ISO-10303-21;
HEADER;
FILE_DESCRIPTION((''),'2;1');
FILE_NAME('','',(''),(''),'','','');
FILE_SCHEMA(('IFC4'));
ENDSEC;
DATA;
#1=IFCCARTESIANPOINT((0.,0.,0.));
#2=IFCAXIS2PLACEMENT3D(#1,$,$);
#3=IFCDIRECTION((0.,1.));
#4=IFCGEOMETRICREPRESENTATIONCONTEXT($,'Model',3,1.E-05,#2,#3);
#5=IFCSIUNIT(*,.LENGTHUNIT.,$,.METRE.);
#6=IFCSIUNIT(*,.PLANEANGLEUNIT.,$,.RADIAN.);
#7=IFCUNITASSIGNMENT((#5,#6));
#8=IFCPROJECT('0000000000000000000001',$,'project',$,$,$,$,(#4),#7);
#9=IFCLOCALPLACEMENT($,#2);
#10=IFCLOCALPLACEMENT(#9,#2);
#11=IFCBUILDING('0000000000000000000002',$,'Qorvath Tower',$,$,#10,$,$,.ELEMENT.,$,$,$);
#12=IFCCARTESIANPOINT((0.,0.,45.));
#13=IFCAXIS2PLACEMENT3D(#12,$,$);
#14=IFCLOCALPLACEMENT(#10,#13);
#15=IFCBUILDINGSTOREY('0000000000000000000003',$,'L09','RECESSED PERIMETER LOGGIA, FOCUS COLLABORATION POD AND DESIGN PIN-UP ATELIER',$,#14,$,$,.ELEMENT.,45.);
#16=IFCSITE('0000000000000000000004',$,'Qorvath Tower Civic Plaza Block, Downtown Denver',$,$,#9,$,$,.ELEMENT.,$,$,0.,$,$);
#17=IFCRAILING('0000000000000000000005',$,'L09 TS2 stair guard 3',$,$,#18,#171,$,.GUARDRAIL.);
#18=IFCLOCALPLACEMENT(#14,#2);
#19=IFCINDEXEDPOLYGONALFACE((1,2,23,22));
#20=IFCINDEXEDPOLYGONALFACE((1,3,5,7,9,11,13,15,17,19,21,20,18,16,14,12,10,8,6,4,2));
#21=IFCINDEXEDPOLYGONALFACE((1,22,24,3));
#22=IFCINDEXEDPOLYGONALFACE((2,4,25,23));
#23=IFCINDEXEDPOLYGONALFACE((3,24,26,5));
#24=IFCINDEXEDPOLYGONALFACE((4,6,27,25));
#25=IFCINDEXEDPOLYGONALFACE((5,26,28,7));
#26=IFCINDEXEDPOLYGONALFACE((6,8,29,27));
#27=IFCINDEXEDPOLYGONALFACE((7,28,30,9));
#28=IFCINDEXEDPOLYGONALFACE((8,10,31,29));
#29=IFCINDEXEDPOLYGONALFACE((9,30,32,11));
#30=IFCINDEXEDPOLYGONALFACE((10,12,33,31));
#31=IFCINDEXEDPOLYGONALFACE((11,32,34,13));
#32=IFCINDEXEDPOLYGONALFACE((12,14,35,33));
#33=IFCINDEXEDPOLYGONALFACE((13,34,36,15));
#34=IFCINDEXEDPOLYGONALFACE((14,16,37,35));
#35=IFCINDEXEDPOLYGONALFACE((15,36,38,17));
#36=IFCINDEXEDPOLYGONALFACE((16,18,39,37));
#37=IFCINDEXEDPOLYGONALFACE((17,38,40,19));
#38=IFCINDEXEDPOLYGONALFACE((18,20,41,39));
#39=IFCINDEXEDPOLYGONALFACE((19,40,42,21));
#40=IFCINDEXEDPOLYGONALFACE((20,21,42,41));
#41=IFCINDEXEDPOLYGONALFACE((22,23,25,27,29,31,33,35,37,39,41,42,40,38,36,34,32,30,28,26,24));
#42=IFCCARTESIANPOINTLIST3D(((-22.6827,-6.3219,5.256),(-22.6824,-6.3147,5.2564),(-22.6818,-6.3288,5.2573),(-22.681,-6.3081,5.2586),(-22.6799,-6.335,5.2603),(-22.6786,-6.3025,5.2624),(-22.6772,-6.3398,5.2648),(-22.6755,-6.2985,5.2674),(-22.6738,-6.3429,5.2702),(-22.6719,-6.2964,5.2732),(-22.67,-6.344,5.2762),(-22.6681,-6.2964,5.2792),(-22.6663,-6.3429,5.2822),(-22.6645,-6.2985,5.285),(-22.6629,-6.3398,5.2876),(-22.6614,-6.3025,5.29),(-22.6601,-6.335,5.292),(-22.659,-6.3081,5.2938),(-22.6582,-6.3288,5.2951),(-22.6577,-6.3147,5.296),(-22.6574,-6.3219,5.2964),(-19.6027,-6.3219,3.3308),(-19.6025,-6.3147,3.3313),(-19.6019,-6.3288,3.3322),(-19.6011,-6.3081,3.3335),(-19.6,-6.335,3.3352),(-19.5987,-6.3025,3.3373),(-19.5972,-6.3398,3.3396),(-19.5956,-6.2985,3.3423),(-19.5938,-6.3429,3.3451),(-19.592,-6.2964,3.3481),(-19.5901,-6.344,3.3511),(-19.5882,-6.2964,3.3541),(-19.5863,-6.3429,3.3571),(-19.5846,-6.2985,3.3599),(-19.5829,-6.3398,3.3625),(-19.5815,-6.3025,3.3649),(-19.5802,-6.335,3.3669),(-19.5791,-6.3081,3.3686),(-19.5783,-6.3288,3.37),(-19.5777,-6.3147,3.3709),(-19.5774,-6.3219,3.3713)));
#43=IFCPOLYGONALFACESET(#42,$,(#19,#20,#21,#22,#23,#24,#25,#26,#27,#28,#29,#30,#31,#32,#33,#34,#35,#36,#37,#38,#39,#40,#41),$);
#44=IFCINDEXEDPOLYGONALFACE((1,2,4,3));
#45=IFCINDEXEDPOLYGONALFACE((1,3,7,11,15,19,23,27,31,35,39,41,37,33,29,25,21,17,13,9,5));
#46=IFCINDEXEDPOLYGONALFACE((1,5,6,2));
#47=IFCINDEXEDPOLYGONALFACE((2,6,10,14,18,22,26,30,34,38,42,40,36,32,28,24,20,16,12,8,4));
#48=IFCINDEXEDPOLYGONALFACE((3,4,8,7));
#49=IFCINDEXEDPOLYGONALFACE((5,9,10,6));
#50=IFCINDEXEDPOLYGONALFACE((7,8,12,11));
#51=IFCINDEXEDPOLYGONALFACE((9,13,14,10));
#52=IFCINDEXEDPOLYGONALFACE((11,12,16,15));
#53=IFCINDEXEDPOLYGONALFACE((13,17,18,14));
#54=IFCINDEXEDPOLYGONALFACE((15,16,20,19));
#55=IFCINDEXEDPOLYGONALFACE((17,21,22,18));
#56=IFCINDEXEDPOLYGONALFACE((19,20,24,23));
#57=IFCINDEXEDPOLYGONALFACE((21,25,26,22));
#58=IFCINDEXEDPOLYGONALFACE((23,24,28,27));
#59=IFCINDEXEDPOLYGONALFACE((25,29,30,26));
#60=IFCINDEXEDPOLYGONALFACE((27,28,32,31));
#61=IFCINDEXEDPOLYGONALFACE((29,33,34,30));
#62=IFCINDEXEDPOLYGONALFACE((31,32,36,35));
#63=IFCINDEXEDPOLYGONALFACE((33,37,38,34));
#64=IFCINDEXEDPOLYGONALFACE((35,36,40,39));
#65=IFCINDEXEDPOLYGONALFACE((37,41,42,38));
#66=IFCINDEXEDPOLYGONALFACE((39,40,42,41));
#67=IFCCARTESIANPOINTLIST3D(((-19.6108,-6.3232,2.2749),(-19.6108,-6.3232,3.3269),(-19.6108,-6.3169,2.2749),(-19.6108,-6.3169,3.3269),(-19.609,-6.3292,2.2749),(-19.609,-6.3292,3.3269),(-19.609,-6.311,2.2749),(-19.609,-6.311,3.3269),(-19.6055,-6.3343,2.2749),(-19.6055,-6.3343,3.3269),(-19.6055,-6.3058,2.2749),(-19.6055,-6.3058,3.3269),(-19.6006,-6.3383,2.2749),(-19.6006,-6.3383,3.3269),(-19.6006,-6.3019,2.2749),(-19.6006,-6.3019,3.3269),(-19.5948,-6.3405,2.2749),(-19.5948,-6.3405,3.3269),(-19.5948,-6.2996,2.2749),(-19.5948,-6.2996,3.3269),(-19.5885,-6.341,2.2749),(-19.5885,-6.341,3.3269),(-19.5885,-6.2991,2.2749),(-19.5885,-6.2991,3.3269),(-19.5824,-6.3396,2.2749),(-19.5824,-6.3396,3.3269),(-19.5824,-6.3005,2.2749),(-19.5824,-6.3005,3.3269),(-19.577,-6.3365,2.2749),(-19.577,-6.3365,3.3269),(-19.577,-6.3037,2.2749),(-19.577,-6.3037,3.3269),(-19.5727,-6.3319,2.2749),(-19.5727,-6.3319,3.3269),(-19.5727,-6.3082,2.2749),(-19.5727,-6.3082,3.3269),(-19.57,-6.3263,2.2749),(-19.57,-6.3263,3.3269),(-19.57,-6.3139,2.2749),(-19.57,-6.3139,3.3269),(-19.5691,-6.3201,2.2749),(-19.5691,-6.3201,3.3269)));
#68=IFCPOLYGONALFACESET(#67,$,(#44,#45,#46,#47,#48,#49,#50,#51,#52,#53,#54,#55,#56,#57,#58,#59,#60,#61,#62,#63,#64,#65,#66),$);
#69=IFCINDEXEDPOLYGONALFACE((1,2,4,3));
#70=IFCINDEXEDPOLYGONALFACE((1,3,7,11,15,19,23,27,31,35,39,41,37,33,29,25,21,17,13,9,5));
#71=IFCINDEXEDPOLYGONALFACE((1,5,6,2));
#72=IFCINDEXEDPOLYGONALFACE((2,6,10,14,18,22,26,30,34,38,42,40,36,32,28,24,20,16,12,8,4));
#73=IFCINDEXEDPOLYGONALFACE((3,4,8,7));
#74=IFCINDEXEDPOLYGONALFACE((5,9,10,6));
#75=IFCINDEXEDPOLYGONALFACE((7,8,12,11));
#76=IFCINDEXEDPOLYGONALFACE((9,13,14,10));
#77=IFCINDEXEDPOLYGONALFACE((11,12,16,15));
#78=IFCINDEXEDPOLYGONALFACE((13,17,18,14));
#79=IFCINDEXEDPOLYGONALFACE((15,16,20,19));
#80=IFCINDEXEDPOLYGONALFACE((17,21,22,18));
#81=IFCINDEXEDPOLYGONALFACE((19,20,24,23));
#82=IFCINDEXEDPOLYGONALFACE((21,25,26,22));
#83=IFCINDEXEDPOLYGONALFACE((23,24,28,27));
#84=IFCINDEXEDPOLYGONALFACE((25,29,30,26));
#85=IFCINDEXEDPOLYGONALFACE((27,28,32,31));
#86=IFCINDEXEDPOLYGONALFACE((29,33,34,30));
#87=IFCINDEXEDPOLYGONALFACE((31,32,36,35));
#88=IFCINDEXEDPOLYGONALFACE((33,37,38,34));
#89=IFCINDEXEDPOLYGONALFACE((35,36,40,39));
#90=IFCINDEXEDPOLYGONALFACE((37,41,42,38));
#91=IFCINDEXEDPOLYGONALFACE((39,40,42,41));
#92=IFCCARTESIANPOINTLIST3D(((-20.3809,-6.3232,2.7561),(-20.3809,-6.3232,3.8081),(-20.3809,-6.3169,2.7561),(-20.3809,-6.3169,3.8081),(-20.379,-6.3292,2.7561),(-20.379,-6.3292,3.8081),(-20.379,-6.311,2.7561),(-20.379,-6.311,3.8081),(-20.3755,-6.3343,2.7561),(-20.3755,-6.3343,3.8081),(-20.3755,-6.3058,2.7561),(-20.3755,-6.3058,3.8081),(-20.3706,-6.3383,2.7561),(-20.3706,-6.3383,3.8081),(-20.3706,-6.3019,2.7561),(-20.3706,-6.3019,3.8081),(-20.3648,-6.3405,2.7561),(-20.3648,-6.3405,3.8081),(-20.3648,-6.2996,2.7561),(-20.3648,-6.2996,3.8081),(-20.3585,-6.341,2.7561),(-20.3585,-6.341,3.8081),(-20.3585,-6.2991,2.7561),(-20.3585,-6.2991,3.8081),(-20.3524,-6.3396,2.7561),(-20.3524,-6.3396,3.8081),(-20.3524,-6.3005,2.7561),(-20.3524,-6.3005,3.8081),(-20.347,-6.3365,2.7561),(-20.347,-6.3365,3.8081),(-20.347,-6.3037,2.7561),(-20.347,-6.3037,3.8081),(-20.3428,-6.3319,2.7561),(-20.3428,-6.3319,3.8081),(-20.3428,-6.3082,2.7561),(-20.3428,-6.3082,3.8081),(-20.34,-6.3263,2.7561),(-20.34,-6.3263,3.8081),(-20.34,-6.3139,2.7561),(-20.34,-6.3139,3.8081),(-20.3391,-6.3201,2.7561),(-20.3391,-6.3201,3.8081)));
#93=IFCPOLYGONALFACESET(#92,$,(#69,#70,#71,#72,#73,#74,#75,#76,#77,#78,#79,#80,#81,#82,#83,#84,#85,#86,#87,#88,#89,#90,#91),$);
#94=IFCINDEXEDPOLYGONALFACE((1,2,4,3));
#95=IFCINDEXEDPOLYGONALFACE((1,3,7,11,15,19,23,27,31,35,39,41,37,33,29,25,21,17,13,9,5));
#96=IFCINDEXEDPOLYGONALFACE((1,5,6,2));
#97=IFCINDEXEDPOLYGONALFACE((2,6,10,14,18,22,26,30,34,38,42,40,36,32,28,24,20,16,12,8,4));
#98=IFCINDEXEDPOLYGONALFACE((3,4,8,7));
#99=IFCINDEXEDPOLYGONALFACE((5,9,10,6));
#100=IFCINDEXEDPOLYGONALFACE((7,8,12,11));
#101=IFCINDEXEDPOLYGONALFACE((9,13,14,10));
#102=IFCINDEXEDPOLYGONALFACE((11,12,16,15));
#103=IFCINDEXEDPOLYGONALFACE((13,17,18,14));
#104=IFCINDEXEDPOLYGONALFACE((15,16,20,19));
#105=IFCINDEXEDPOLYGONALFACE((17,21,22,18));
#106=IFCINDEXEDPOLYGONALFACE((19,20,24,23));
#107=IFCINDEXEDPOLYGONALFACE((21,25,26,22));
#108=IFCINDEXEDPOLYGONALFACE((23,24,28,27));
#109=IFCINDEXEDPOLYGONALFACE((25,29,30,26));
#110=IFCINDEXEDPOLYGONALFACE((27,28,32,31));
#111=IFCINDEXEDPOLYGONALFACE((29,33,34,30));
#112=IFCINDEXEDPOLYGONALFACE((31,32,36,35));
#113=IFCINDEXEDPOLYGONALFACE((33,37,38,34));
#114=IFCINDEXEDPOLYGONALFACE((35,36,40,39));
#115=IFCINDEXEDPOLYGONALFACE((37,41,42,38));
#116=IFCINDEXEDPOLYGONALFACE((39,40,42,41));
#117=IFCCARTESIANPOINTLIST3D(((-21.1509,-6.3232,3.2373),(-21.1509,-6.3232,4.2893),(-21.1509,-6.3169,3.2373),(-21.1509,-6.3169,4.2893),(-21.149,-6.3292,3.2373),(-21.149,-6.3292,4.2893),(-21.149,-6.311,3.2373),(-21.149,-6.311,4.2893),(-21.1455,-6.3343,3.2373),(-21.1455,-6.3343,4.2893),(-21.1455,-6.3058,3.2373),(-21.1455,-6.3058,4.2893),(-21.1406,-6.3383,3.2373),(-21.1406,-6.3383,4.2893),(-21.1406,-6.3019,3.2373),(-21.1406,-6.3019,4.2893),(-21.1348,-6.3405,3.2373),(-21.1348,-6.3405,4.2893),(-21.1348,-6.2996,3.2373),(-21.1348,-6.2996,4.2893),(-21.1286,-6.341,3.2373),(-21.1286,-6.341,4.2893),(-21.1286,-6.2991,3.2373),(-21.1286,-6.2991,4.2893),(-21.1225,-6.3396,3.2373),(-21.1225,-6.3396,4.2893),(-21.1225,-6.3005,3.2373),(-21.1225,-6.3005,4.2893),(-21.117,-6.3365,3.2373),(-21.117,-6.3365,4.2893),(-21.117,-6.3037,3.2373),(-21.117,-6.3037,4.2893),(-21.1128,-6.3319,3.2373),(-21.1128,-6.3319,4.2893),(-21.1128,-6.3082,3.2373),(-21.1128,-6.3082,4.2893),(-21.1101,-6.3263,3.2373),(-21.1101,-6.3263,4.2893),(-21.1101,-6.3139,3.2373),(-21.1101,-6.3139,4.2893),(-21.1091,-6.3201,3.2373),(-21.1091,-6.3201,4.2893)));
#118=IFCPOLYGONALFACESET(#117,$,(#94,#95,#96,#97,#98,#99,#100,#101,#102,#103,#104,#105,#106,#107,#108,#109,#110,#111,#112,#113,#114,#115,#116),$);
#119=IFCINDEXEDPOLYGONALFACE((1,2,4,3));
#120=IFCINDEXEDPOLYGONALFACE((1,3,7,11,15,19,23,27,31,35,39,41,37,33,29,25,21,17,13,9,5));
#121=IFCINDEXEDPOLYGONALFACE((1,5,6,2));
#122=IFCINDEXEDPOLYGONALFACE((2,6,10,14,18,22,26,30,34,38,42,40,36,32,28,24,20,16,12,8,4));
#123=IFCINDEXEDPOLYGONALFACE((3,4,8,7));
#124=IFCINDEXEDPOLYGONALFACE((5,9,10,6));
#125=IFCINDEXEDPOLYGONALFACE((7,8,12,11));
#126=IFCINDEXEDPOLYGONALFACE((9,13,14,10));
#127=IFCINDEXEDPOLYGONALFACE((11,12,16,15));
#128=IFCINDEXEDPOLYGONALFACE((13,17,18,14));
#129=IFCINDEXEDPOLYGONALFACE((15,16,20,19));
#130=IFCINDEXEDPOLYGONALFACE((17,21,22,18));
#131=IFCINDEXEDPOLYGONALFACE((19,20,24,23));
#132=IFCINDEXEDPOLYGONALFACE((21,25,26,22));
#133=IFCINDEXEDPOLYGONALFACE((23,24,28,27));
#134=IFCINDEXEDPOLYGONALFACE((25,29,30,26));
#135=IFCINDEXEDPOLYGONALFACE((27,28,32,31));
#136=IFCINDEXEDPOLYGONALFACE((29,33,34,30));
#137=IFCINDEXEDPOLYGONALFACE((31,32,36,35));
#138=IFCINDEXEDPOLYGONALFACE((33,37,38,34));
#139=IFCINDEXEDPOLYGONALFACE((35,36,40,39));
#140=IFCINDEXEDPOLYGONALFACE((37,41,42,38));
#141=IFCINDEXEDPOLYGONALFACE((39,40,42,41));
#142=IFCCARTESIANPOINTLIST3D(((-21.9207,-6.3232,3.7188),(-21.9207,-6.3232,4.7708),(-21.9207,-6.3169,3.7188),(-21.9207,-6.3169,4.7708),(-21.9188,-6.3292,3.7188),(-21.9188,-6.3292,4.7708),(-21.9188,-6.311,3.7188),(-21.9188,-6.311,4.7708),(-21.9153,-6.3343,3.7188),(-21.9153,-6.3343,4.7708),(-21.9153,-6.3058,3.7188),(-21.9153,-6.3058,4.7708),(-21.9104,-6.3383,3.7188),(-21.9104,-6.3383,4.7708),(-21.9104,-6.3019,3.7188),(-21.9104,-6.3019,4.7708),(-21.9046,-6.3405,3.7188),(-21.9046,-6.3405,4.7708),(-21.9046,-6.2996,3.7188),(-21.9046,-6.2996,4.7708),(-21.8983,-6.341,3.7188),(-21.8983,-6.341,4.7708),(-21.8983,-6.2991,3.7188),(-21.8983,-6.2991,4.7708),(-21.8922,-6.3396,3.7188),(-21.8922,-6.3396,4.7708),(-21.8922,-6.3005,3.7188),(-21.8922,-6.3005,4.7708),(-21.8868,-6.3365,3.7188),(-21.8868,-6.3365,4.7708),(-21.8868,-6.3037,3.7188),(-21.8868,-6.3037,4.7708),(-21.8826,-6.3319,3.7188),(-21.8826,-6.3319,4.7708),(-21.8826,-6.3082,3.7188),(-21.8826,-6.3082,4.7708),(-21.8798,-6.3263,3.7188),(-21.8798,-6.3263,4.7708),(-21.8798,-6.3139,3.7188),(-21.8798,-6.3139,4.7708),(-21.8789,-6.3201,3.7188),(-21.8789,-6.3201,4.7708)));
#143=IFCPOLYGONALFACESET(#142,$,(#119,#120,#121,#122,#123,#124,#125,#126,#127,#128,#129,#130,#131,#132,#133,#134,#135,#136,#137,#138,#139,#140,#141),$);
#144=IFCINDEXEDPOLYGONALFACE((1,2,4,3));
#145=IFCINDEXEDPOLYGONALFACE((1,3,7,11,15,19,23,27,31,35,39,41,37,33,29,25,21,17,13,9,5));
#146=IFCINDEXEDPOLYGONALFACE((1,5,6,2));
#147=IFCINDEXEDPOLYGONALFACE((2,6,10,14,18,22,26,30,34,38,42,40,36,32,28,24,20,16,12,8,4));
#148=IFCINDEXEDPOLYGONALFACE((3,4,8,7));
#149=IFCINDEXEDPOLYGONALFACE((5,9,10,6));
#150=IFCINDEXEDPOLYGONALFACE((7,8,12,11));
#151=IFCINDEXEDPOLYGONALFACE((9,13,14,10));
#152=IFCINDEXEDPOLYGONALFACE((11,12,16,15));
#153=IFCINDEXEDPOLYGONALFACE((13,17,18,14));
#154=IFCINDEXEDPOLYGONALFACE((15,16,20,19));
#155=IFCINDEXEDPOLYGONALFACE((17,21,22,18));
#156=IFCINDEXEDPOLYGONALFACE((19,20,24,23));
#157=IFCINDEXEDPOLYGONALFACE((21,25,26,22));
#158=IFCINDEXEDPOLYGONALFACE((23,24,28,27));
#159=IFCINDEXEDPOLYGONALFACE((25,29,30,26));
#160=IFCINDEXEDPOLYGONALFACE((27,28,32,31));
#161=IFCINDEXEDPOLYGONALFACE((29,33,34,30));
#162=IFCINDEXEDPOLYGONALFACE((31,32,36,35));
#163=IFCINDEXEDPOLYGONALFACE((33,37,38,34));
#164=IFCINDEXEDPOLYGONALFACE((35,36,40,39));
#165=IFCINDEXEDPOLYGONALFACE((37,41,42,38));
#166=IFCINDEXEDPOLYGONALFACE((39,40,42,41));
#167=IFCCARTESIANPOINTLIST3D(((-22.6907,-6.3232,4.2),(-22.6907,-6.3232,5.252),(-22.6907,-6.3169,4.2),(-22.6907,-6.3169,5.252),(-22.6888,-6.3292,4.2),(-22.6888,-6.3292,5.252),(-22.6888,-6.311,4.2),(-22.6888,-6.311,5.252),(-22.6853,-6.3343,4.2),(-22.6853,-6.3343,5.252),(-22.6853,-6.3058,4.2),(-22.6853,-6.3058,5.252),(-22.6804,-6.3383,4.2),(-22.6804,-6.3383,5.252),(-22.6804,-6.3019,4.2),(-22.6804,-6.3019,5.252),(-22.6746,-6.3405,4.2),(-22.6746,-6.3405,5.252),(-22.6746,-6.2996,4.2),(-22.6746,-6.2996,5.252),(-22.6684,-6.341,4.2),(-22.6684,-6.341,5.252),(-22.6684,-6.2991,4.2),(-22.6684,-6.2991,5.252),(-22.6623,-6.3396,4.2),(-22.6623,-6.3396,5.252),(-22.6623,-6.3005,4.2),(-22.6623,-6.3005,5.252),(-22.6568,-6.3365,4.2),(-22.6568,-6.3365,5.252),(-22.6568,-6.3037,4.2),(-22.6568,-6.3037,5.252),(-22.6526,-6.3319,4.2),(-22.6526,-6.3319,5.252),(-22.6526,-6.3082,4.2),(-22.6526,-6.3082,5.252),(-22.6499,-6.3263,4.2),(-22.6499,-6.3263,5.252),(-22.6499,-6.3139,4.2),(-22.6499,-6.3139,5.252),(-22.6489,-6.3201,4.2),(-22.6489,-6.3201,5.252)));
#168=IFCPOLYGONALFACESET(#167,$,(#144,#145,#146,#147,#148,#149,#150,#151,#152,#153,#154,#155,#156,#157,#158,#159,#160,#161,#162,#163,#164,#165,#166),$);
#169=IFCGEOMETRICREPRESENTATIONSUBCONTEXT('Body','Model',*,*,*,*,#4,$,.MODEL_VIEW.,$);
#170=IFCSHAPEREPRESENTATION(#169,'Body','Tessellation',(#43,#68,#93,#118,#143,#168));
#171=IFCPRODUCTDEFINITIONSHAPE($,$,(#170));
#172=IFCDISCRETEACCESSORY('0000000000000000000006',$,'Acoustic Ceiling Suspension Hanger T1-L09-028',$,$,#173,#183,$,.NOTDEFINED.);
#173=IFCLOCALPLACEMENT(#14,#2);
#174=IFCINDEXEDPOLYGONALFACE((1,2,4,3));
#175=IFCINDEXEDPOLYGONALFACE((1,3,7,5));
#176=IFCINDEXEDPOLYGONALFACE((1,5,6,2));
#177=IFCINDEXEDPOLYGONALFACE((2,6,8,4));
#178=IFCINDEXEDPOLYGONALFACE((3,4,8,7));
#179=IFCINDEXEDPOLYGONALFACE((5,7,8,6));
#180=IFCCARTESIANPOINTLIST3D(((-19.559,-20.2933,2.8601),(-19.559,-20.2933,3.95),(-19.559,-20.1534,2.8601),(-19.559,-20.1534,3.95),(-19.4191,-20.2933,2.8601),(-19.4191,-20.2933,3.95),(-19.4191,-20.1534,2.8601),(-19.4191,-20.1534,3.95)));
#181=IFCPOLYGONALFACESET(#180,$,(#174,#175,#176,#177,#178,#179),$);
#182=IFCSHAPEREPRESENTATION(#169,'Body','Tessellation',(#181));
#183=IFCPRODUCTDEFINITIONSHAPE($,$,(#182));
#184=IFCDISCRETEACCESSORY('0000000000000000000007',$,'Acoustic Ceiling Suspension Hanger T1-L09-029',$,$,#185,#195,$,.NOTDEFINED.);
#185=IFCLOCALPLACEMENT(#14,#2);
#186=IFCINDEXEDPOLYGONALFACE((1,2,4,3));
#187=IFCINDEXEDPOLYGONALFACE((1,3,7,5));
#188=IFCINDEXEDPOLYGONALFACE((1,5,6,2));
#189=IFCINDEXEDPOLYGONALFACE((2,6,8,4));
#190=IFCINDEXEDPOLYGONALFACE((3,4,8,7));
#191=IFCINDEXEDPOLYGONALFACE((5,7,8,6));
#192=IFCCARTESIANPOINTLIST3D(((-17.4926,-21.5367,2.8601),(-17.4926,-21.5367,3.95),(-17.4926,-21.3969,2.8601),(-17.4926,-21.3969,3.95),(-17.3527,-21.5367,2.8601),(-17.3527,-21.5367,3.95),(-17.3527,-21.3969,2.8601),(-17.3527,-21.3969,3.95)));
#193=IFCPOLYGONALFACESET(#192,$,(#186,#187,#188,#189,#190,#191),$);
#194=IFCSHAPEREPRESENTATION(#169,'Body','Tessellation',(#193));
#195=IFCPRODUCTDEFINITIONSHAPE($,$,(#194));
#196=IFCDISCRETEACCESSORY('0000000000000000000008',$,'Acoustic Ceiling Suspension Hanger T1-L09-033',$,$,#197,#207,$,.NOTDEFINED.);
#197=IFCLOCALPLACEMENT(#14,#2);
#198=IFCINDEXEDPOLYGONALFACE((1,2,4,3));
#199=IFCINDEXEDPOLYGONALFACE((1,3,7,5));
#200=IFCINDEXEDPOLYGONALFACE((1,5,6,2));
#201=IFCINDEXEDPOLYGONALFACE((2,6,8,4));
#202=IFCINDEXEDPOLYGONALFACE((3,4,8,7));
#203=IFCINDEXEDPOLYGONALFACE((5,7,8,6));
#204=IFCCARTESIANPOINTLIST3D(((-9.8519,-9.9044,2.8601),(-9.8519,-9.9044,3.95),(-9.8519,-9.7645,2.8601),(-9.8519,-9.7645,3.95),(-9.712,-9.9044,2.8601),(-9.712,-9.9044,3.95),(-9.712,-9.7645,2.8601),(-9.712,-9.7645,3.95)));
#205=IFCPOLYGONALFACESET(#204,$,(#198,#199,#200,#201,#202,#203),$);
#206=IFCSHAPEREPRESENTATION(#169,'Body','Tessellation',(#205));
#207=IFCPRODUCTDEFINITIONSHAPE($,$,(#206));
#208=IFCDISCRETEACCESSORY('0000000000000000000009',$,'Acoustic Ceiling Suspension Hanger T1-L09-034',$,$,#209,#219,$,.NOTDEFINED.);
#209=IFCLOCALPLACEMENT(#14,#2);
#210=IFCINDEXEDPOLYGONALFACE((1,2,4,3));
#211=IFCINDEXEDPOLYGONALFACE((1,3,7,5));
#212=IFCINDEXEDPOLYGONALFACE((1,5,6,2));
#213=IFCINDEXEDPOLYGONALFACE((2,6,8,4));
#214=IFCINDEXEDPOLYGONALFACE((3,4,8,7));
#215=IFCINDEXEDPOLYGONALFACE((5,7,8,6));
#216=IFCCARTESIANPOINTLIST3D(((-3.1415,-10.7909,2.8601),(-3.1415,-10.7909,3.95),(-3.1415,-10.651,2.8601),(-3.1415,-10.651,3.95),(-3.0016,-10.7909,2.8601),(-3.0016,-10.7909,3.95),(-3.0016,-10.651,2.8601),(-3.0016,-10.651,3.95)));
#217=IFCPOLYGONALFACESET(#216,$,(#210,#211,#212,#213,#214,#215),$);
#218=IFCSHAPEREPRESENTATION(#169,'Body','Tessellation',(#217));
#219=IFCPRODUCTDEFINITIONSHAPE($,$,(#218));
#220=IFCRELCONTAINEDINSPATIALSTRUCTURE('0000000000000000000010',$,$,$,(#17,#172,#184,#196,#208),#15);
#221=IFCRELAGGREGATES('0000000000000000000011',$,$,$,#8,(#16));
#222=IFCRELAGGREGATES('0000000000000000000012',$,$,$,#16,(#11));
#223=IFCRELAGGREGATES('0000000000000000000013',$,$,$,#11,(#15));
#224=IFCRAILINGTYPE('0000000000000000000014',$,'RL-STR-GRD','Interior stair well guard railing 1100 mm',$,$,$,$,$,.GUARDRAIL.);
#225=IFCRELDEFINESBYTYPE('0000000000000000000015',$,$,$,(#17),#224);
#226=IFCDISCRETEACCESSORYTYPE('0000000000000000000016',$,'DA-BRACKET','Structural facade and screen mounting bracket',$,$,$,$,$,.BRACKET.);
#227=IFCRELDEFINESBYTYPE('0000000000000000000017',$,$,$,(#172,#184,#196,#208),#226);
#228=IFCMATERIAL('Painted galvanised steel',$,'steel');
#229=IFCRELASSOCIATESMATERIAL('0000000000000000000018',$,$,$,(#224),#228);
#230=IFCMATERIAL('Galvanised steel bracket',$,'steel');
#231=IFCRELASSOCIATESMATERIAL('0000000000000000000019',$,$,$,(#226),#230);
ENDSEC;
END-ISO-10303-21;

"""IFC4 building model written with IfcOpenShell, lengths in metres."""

from ifc_helpers import new_model, si_unit, direction, frame, origin, origin_2d, place, context, subcontext, project, spatial, rectangle, circle, extrude, material, type_object, element, save


model = new_model("IFC4")

# Units and contexts
model_context = context("Model", 3, precision=1e-05, world=origin(), true_north=direction((0.0, 1.0)))
body_context = subcontext(model_context, "Body", "Model", "MODEL_VIEW")
ifc_project = project(units=[si_unit("LENGTHUNIT", "METRE"), si_unit("PLANEANGLEUNIT", "RADIAN")], contexts=[model_context])

# Site, building, storey
site_placement = place(None, origin())
site = spatial("IfcSite", under=ifc_project, at=site_placement, Name="Qorvath Tower Civic Plaza Block, Downtown Denver", CompositionType="ELEMENT", RefElevation=0.0)
building_placement = place(site_placement, origin())
building = spatial("IfcBuilding", under=site, at=building_placement, Name="Qorvath Tower", CompositionType="ELEMENT")
storey_placement = place(building_placement, frame((0.0, 0.0, 45.0)))
storey = spatial("IfcBuildingStorey", under=building, at=storey_placement, Name="L09", Description="RECESSED PERIMETER LOGGIA, FOCUS COLLABORATION POD AND DESIGN PIN-UP ATELIER", CompositionType="ELEMENT", Elevation=45.0)

# Railing
ifc_material_1 = material(Name="Painted galvanised steel", Category="steel")
railing_type = type_object("IfcRailingType", Name="RL-STR-GRD", Description="Interior stair well guard railing 1100 mm", PredefinedType="GUARDRAIL", material=ifc_material_1)
railing_1_placement = place(storey_placement, frame((-19.5901, -6.3201, 2.2749)))
element("IfcRailing", 1, at=railing_1_placement, inside=storey, type_object=railing_type, Name="L09 TS2 stair guard 3", PredefinedType="GUARDRAIL", context=body_context, shape_type="SweptSolid", body=[
    extrude(circle(Radius=0.0239, at=origin_2d()), frame((0.0, 0.0, 1.0762), z_axis=(-0.847979, 0.0, 0.530029), x_axis=(0.0, -1.0, 0.0)), (0.0, 0.0, 1.0), 3.6321),
    extrude(circle(Radius=0.021, at=origin_2d()), origin(), (0.0, 0.0, 1.0), 1.052),
    extrude(circle(Radius=0.021, at=origin_2d()), frame((-0.77, 0.0, 0.4812)), (0.0, 0.0, 1.0), 1.052),
    extrude(circle(Radius=0.021, at=origin_2d()), frame((-1.54, 0.0, 0.9624)), (0.0, 0.0, 1.0), 1.052),
    extrude(circle(Radius=0.021, at=origin_2d()), frame((-2.3098, 0.0, 1.4438)), (0.0, 0.0, 1.0), 1.052),
    extrude(circle(Radius=0.021, at=origin_2d()), frame((-3.0798, 0.0, 1.925)), (0.0, 0.0, 1.0), 1.052),
])

# Discrete accessories
ifc_material_2 = material(Name="Galvanised steel bracket", Category="steel")
discrete_accessory_type = type_object("IfcDiscreteAccessoryType", Name="DA-BRACKET", Description="Structural facade and screen mounting bracket", PredefinedType="BRACKET", material=ifc_material_2)
for number, where, z_axis, x_axis, name in (
    (2, (-19.489, -20.2234, 2.8601), (0.0, 0.0, 1.0), (1.0, 0.0, 0.0), "Acoustic Ceiling Suspension Hanger T1-L09-028"),
    (3, (-17.4226, -21.4668, 2.8601), (0.0, 0.0, 1.0), (1.0, 0.0, 0.0), "Acoustic Ceiling Suspension Hanger T1-L09-029"),
    (4, (-9.782, -9.8345, 2.8601), (0.0, 0.0, 1.0), (1.0, 0.0, 0.0), "Acoustic Ceiling Suspension Hanger T1-L09-033"),
    (5, (-3.0715, -10.7209, 2.8601), (0.0, 0.0, 1.0), (1.0, 0.0, 0.0), "Acoustic Ceiling Suspension Hanger T1-L09-034"),
):
    element("IfcDiscreteAccessory", number, at=place(storey_placement, frame(where, z_axis=z_axis, x_axis=x_axis)), inside=storey, type_object=discrete_accessory_type, Name=name, PredefinedType="NOTDEFINED", context=body_context, shape_type="SweptSolid", body=[
        extrude(rectangle(XDim=0.1399, YDim=0.1399, at=origin_2d()), origin(), (0.0, 0.0, 1.0), 1.0898),
    ])

save(model, "model.ifc")
